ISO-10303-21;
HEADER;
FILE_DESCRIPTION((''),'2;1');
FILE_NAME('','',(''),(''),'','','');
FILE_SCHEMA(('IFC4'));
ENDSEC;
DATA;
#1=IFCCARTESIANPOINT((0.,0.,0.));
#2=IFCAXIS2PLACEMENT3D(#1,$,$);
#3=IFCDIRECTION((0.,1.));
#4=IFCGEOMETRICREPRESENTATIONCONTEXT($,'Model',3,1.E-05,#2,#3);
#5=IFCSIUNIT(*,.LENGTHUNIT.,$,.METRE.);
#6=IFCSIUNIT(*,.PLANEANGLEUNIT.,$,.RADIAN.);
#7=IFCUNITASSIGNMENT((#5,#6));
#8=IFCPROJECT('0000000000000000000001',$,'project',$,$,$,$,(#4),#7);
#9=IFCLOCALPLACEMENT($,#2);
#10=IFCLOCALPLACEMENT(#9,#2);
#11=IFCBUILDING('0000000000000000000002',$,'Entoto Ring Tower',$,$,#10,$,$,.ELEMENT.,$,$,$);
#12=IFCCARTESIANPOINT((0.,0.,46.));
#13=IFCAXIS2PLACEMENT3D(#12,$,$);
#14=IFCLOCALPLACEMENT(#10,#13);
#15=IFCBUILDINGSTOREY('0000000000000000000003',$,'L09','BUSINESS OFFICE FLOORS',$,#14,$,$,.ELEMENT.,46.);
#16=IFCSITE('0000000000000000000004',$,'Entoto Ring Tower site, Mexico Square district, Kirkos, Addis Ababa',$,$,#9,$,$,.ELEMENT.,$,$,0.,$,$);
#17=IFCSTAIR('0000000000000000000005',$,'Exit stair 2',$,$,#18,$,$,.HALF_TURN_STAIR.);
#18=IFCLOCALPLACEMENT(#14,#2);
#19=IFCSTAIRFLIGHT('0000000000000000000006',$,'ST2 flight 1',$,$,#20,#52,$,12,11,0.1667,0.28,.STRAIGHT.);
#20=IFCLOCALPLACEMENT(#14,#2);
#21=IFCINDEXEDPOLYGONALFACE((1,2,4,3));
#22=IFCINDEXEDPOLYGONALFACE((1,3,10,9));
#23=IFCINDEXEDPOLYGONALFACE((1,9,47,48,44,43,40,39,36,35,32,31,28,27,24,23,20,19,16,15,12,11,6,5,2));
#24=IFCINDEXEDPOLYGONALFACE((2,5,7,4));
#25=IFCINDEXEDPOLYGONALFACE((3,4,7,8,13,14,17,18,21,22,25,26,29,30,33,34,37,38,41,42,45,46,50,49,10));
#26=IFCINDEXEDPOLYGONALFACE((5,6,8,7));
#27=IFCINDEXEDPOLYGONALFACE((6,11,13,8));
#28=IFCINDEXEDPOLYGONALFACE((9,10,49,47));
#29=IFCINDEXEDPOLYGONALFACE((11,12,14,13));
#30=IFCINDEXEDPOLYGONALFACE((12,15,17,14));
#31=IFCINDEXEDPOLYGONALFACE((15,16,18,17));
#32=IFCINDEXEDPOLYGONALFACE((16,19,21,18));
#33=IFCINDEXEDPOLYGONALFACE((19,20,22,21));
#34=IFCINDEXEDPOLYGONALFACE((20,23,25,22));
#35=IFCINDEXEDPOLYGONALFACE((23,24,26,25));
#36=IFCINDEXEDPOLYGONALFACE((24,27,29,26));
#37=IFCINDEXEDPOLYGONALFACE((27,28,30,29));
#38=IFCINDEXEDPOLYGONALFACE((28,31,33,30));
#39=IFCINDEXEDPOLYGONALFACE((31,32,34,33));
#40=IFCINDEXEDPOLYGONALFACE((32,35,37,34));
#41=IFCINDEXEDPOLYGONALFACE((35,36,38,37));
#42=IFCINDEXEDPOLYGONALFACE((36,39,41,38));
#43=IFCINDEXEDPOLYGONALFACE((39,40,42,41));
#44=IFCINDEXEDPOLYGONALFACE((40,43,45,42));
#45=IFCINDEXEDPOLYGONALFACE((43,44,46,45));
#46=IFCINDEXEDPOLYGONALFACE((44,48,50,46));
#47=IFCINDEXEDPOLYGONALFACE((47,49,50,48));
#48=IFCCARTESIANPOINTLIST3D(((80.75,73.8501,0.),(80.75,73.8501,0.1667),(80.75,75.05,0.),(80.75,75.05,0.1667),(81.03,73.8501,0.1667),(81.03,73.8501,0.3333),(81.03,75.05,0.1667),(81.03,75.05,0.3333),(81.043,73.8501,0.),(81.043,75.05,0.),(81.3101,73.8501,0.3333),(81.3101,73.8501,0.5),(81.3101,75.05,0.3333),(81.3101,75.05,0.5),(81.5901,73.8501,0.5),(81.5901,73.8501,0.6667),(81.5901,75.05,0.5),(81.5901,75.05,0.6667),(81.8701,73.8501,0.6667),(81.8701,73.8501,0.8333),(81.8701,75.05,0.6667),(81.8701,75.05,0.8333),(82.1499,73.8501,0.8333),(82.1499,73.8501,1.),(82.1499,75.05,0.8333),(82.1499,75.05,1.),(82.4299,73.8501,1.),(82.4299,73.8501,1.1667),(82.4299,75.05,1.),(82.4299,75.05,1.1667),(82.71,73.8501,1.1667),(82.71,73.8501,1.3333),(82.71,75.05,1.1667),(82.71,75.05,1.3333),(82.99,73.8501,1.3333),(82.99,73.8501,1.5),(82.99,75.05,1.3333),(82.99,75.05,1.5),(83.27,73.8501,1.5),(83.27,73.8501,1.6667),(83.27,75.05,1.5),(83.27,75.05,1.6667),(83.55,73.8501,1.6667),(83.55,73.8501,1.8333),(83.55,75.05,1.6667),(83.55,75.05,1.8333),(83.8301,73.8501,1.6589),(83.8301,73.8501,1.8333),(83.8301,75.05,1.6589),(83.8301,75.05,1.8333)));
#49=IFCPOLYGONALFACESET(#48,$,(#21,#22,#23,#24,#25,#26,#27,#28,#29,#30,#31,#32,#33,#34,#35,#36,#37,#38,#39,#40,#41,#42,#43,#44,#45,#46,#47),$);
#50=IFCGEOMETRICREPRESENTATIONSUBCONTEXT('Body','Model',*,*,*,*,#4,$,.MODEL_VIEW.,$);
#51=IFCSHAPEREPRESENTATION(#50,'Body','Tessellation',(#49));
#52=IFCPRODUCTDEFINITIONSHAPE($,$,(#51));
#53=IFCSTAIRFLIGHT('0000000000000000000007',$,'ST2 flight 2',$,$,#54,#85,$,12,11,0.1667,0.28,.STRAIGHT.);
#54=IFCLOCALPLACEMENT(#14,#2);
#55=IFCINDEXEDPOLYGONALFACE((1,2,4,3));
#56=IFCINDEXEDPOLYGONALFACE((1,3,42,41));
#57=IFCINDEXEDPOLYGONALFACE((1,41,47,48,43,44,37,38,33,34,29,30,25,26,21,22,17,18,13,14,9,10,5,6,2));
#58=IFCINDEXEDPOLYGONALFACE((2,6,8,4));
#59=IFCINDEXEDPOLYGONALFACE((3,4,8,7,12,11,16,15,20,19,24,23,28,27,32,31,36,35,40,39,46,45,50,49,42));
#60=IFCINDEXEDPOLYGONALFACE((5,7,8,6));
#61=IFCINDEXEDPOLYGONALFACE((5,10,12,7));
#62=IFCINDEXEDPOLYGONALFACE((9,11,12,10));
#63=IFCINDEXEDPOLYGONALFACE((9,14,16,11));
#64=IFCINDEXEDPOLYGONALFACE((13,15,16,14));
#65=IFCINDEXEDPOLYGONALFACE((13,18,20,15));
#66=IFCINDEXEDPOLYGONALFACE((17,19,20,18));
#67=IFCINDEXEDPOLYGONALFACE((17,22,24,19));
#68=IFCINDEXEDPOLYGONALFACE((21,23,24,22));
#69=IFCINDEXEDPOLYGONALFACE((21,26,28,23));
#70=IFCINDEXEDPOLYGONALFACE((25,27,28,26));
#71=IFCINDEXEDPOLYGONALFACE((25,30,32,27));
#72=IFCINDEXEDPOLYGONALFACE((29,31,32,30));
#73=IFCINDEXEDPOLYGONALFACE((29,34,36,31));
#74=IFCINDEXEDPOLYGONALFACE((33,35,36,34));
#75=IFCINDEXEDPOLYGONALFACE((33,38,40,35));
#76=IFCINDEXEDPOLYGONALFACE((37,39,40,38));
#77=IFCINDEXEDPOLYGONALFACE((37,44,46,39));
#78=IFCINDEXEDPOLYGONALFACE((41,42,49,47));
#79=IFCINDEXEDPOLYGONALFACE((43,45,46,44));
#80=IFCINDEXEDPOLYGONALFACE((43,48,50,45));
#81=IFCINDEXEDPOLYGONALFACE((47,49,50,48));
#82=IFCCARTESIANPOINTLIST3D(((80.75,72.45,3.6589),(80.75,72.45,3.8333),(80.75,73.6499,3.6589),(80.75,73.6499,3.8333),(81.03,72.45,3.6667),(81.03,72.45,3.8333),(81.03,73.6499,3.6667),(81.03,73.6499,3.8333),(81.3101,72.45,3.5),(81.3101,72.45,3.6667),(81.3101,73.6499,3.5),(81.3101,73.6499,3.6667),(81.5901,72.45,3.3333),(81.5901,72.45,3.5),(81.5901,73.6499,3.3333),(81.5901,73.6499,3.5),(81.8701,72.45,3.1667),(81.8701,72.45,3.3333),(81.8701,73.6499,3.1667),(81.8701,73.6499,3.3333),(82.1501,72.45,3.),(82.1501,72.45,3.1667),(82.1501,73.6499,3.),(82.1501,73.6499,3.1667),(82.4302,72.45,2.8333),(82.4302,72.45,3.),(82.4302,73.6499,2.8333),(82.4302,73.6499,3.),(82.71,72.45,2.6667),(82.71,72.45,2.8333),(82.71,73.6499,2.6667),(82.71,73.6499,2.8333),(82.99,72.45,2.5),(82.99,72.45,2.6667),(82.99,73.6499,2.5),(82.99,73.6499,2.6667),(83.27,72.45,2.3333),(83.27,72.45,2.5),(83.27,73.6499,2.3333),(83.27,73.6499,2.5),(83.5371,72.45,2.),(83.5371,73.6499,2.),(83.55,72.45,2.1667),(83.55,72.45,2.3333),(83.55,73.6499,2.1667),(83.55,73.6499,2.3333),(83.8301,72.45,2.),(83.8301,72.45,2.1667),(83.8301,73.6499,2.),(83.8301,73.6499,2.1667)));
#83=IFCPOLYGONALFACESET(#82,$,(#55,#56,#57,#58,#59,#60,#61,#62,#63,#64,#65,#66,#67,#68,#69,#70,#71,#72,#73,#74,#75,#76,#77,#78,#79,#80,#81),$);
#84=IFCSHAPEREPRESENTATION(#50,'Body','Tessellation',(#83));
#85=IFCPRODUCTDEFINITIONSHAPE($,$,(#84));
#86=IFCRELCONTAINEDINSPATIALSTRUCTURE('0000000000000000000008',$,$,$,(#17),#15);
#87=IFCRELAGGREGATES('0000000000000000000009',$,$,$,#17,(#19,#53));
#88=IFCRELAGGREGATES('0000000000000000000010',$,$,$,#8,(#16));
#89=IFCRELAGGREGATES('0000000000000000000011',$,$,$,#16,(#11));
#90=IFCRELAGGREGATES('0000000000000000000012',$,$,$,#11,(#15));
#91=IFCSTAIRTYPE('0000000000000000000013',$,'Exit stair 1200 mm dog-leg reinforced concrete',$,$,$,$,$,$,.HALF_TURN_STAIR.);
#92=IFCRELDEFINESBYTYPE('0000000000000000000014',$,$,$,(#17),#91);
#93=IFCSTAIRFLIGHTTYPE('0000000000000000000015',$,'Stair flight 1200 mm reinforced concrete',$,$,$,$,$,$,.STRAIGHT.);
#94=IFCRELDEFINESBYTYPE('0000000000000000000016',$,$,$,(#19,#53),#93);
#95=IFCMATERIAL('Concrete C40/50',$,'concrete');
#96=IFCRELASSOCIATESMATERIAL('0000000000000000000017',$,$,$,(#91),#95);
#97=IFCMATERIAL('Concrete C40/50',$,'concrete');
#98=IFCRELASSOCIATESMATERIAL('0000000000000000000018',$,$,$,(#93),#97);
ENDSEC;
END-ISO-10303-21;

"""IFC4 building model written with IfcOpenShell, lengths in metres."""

from ifc_helpers import new_model, si_unit, direction, frame, origin, place, context, subcontext, project, spatial, polyline, outline, extrude, material, type_object, element, aggregate, save


model = new_model("IFC4")

# Units and contexts
model_context = context("Model", 3, precision=1e-05, world=origin(), true_north=direction((0.0, 1.0)))
body_context = subcontext(model_context, "Body", "Model", "MODEL_VIEW")
ifc_project = project(units=[si_unit("LENGTHUNIT", "METRE"), si_unit("PLANEANGLEUNIT", "RADIAN")], contexts=[model_context])

# Site, building, storey
site_placement = place(None, origin())
site = spatial("IfcSite", under=ifc_project, at=site_placement, Name="Entoto Ring Tower site, Mexico Square district, Kirkos, Addis Ababa", CompositionType="ELEMENT", RefElevation=0.0)
building_placement = place(site_placement, origin())
building = spatial("IfcBuilding", under=site, at=building_placement, Name="Entoto Ring Tower", CompositionType="ELEMENT")
storey_placement = place(building_placement, frame((0.0, 0.0, 46.0)))
storey = spatial("IfcBuildingStorey", under=building, at=storey_placement, Name="L09", Description="BUSINESS OFFICE FLOORS", CompositionType="ELEMENT", Elevation=46.0)

# Stair, stair flights
ifc_material_1 = material(Name="Concrete C40/50", Category="concrete")
stair_type = type_object("IfcStairType", Name="Exit stair 1200 mm dog-leg reinforced concrete", PredefinedType="HALF_TURN_STAIR", material=ifc_material_1)
stair_placement = place(storey_placement, origin())
stair = element("IfcStair", 1, at=stair_placement, inside=storey, type_object=stair_type, Name="Exit stair 2", PredefinedType="HALF_TURN_STAIR")
ifc_material_2 = material(Name="Concrete C40/50", Category="concrete")
stair_flight_type = type_object("IfcStairFlightType", Name="Stair flight 1200 mm reinforced concrete", PredefinedType="STRAIGHT", material=ifc_material_2)
stair_flight_1_placement = place(storey_placement, frame((80.75, 74.45, 0.0), z_axis=(0.0, 0.0, 1.0), x_axis=(1.0, 0.0, 0.0)))
stair_flight_1 = element("IfcStairFlight", 2, at=stair_flight_1_placement, type_object=stair_flight_type, Name="ST2 flight 1", NumberOfRisers=12, NumberOfTreads=11, PredefinedType="STRAIGHT", RiserHeight=0.1667, TreadLength=0.28, context=body_context, shape_type="SweptSolid", body=[
    extrude(outline(polyline([(0.0, 0.0), (0.0, 0.1667), (0.28, 0.1667), (0.28, 0.3333), (0.5601, 0.3333), (0.5601, 0.5), (0.8401, 0.5), (0.8401, 0.6667), (1.1201, 0.6667), (1.1201, 0.8333), (1.3999, 0.8333), (1.3999, 1.0), (1.6799, 1.0), (1.6799, 1.1667), (1.96, 1.1667), (1.96, 1.3333), (2.24, 1.3333), (2.24, 1.5), (2.52, 1.5), (2.52, 1.6667), (2.8, 1.6667), (2.8, 1.8333), (3.0801, 1.8333), (3.0801, 2.0), (3.0801, 1.6589), (0.293, 0.0), (0.0, 0.0)])), frame((0.0, 0.6001, 0.0), z_axis=(0.0, -1.0, 0.0), x_axis=(1.0, 0.0, 0.0)), (0.0, 0.0, 1.0), 1.2),
])
stair_flight_2_placement = place(storey_placement, frame((83.8301, 73.05, 2.0), z_axis=(0.0, 0.0, 1.0), x_axis=(-1.0, 0.0, 0.0)))
stair_flight_2 = element("IfcStairFlight", 3, at=stair_flight_2_placement, type_object=stair_flight_type, Name="ST2 flight 2", NumberOfRisers=12, NumberOfTreads=11, PredefinedType="STRAIGHT", RiserHeight=0.1667, TreadLength=0.28, context=body_context, shape_type="SweptSolid", body=[
    extrude(outline(polyline([(0.0, 0.0), (0.0, 0.1667), (0.28, 0.1667), (0.28, 0.3333), (0.5601, 0.3333), (0.5601, 0.5), (0.8401, 0.5), (0.8401, 0.6667), (1.1201, 0.6667), (1.1201, 0.8333), (1.3999, 0.8333), (1.3999, 1.0), (1.6799, 1.0), (1.6799, 1.1667), (1.96, 1.1667), (1.96, 1.3333), (2.24, 1.3333), (2.24, 1.5), (2.52, 1.5), (2.52, 1.6667), (2.8, 1.6667), (2.8, 1.8333), (3.0801, 1.8333), (3.0801, 2.0), (3.0801, 1.6589), (0.293, 0.0), (0.0, 0.0)])), frame((0.0, 0.6001, 0.0), z_axis=(0.0, -1.0, 0.0), x_axis=(1.0, 0.0, 0.0)), (0.0, 0.0, 1.0), 1.2),
])
aggregate(stair, [stair_flight_1, stair_flight_2])

save(model, "model.ifc")
